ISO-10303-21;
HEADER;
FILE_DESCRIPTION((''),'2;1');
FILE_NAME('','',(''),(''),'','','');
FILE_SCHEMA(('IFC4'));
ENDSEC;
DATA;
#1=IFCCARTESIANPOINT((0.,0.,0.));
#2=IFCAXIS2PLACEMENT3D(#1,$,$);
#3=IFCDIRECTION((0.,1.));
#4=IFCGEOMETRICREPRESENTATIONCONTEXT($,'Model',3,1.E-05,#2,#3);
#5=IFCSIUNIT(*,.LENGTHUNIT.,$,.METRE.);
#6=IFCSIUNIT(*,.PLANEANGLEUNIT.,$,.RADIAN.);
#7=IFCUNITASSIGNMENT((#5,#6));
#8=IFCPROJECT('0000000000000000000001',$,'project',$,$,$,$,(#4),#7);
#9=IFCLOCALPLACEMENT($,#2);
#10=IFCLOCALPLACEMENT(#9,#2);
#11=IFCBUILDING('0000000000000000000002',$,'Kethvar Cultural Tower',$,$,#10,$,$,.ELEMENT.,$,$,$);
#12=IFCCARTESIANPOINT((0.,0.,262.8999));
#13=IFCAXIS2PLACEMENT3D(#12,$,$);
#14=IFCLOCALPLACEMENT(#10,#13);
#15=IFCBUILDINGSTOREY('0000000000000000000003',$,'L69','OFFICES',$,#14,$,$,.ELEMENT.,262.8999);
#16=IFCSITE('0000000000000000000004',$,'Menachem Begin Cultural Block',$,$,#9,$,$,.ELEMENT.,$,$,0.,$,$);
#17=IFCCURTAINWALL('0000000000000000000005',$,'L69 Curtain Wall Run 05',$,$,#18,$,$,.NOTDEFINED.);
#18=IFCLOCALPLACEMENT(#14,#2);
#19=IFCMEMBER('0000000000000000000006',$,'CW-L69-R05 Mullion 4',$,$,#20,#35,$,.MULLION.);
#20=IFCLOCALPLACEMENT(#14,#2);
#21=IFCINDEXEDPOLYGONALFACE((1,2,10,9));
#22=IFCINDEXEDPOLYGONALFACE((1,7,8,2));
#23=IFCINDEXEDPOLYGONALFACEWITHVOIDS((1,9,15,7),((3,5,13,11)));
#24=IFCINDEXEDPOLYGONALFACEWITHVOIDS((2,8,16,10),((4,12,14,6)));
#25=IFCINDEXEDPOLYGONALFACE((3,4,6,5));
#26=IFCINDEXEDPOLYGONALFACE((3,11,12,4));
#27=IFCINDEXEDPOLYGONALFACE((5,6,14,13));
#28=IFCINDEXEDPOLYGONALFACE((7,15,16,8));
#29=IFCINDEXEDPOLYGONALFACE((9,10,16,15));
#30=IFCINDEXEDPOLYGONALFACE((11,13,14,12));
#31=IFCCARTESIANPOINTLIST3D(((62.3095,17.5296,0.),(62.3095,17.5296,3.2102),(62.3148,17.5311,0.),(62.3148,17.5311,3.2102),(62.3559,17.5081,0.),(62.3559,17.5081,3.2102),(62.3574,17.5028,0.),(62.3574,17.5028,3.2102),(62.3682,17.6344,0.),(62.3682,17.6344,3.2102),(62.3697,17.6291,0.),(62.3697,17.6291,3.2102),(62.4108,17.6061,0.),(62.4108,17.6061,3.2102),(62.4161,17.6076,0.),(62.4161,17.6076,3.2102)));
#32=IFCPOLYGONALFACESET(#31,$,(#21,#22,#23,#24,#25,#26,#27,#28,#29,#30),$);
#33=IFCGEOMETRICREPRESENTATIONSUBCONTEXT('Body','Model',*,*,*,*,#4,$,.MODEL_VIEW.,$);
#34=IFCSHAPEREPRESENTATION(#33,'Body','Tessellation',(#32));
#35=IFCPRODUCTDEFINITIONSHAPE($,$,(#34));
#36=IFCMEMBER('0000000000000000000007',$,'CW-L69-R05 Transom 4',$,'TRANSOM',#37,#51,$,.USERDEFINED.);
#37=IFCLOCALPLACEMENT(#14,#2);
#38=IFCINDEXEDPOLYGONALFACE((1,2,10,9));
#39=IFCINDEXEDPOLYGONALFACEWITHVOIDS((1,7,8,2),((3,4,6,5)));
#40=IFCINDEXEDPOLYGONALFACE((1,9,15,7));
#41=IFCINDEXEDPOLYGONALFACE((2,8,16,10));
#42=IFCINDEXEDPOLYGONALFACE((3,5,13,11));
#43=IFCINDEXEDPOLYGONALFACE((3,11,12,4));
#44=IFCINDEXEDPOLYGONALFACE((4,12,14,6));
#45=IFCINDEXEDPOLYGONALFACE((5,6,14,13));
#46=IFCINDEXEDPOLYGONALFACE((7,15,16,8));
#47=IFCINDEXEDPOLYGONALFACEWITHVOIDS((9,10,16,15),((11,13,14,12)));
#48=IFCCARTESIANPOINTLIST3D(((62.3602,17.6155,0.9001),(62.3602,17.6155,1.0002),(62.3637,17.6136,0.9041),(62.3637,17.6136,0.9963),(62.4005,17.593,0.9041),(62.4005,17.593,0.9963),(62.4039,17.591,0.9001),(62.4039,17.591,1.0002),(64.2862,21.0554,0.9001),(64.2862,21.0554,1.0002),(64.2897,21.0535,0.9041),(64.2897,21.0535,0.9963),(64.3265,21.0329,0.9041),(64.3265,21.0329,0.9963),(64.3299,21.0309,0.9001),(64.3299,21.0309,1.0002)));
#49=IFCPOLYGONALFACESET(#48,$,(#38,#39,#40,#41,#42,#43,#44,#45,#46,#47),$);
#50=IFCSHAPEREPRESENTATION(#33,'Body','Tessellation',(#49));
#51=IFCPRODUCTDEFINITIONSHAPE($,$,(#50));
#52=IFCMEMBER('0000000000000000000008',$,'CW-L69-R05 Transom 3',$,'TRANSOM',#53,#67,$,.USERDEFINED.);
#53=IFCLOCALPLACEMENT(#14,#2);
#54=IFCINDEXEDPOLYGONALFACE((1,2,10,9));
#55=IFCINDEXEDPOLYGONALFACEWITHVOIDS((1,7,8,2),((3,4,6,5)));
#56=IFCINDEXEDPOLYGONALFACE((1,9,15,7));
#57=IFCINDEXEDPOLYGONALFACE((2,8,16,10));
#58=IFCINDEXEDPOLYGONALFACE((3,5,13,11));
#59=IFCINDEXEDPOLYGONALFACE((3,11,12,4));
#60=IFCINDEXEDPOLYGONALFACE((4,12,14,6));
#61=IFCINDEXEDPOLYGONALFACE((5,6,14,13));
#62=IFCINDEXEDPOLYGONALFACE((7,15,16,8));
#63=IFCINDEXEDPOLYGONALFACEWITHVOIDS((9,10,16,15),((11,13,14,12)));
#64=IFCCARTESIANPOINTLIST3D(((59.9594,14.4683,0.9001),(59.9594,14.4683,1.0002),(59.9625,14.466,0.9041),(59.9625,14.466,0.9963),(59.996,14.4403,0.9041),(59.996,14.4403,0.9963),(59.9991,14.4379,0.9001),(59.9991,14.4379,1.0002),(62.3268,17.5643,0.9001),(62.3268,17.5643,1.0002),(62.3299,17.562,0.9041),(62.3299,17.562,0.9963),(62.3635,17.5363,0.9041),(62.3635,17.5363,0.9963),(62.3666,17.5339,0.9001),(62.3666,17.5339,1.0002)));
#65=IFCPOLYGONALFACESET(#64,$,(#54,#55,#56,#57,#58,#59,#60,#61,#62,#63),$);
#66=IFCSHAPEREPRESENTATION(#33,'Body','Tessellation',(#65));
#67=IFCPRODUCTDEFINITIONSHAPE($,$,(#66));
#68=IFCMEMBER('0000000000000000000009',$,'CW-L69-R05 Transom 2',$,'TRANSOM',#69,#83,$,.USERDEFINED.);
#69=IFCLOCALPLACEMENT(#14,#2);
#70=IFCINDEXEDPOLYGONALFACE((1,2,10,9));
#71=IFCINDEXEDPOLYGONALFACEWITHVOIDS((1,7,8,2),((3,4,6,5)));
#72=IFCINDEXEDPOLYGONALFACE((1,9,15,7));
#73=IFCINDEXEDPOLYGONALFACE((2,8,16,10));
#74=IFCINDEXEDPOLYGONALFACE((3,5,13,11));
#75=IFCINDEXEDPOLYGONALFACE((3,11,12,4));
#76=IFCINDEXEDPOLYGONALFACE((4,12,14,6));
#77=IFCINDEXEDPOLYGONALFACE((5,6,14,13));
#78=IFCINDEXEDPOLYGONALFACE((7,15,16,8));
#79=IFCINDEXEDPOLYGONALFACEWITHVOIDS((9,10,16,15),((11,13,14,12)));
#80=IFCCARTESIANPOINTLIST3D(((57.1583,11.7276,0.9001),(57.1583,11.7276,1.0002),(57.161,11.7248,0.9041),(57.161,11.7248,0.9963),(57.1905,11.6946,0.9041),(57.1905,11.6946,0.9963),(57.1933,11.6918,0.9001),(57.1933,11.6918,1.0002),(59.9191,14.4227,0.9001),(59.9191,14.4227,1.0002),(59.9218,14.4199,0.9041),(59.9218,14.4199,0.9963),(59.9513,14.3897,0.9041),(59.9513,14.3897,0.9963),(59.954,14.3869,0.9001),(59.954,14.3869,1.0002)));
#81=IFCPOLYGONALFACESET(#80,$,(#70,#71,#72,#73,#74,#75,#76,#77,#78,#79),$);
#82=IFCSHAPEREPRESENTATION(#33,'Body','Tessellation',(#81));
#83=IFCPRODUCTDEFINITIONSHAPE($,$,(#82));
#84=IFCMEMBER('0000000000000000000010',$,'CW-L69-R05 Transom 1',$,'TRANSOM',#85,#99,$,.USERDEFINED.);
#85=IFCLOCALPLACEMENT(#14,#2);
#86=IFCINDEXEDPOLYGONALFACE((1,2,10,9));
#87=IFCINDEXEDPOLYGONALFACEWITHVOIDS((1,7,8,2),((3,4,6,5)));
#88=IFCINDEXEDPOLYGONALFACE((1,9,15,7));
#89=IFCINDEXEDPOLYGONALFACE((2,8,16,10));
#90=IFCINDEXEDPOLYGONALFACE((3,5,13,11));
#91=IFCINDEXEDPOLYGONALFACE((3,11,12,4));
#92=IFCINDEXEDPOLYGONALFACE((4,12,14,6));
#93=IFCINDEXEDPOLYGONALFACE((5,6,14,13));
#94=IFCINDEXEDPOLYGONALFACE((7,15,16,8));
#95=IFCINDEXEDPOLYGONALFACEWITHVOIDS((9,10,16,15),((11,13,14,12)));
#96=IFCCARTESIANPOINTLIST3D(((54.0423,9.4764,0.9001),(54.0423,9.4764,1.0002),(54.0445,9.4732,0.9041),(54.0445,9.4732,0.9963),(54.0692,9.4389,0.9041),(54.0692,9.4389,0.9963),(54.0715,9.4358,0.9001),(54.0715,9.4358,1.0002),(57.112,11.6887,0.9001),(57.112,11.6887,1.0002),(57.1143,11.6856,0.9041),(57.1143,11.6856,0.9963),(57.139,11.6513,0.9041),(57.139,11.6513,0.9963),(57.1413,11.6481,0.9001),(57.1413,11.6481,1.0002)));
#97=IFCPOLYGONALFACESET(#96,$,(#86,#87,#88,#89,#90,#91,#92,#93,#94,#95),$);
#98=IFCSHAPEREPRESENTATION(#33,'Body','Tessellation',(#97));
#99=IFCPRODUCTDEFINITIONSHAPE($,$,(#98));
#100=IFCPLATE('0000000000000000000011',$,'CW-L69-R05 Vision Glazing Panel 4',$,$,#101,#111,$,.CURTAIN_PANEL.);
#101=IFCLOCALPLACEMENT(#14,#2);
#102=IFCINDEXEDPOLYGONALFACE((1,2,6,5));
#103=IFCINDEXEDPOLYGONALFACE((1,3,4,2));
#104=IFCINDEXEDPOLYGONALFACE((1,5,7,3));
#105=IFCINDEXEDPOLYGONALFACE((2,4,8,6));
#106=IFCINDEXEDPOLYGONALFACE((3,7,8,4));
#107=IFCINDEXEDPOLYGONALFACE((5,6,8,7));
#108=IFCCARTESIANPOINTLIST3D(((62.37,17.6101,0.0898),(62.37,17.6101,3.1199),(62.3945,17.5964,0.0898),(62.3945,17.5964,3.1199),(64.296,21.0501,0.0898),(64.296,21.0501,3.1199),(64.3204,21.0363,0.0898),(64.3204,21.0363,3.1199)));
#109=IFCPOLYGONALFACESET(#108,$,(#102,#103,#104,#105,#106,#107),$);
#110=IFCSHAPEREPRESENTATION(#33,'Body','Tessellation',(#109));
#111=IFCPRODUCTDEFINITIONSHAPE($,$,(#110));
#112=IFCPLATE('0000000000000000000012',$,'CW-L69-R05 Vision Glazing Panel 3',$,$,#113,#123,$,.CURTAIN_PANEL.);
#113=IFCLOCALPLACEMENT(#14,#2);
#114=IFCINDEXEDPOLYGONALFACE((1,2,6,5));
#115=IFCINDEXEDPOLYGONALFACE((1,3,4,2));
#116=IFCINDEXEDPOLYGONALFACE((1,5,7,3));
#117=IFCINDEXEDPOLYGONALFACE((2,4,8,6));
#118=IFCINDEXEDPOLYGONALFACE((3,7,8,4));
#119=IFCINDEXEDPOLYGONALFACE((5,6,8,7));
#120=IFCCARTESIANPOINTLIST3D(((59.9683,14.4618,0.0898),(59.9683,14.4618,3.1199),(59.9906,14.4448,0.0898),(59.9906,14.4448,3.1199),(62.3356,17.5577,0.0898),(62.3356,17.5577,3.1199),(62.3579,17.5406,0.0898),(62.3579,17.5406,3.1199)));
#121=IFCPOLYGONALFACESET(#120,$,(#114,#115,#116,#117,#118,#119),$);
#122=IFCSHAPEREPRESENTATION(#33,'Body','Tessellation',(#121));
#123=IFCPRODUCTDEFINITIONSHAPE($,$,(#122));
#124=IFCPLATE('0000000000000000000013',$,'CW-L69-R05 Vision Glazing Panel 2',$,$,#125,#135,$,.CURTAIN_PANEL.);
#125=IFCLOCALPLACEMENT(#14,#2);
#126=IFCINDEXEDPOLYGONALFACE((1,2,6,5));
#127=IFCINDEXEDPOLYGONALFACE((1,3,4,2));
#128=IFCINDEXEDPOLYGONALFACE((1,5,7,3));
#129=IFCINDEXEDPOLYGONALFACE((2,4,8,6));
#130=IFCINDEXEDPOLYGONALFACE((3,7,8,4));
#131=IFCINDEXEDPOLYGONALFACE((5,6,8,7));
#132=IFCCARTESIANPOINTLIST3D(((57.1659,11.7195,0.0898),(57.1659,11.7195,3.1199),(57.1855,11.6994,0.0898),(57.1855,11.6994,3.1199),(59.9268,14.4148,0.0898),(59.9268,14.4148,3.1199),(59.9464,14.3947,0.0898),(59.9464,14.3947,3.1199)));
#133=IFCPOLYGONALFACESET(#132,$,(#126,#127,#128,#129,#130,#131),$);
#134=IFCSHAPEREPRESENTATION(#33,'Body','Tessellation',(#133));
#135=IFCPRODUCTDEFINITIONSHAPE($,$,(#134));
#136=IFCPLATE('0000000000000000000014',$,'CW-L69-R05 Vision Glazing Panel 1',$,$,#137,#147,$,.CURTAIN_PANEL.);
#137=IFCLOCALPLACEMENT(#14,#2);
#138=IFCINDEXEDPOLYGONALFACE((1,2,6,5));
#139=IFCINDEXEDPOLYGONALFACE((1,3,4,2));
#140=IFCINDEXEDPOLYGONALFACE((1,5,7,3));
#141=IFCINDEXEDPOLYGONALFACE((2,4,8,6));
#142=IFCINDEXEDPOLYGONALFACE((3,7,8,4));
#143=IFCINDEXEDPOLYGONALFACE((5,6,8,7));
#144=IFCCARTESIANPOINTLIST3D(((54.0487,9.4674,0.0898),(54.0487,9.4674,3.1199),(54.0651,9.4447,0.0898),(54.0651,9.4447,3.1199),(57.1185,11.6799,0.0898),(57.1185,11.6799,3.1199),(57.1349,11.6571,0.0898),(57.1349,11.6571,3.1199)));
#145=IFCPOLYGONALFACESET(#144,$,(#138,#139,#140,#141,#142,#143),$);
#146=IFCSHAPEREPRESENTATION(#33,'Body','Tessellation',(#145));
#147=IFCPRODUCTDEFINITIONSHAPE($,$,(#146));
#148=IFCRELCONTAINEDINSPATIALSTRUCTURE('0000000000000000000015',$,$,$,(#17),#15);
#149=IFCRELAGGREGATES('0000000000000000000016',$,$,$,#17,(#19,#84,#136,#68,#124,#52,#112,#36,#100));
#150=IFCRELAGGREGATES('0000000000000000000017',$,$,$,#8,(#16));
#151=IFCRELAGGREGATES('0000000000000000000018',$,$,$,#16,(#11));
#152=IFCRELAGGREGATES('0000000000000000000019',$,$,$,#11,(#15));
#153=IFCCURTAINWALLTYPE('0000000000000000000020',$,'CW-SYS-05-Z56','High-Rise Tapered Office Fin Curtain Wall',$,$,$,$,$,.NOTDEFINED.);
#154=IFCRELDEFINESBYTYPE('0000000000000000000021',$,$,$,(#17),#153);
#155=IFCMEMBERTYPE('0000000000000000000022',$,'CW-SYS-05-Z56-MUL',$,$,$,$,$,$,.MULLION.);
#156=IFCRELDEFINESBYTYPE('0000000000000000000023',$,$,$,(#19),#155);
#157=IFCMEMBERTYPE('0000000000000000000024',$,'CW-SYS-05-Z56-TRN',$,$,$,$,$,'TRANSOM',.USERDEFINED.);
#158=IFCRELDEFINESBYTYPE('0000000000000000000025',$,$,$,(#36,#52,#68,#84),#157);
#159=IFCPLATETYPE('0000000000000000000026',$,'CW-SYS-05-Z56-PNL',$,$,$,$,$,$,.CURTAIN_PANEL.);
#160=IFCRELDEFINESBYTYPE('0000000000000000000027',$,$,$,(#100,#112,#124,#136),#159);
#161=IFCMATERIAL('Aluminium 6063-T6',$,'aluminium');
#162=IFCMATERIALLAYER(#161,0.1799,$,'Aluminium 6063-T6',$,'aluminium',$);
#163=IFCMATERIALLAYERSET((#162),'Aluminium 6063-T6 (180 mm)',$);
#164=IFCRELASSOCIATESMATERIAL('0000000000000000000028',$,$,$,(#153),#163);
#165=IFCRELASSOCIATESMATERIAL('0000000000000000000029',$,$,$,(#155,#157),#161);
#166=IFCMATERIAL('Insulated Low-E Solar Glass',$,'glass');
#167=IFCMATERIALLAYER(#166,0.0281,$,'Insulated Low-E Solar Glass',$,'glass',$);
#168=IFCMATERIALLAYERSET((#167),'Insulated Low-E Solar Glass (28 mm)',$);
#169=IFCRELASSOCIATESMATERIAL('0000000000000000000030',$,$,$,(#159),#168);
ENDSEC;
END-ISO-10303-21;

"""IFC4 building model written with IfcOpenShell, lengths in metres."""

from ifc_helpers import new_model, si_unit, direction, frame, origin, origin_2d, place, context, subcontext, project, spatial, rectangle, hollow_rectangle, extrude, source, transform, mapped, material, layer, layer_set, material_profile, profile_set, type_object, element, aggregate, save


model = new_model("IFC4")

# Units and contexts
model_context = context("Model", 3, precision=1e-05, world=origin(), true_north=direction((0.0, 1.0)))
body_context = subcontext(model_context, "Body", "Model", "MODEL_VIEW")
ifc_project = project(units=[si_unit("LENGTHUNIT", "METRE"), si_unit("PLANEANGLEUNIT", "RADIAN")], contexts=[model_context])

# Site, building, storey
site_placement = place(None, origin())
site = spatial("IfcSite", under=ifc_project, at=site_placement, Name="Menachem Begin Cultural Block", CompositionType="ELEMENT", RefElevation=0.0)
building_placement = place(site_placement, origin())
building = spatial("IfcBuilding", under=site, at=building_placement, Name="Kethvar Cultural Tower", CompositionType="ELEMENT")
storey_placement = place(building_placement, frame((0.0, 0.0, 262.8999)))
storey = spatial("IfcBuildingStorey", under=building, at=storey_placement, Name="L69", Description="OFFICES", CompositionType="ELEMENT", Elevation=262.8999)

# Curtain wall, members, plates
ifc_material_1 = material(Name="Aluminium 6063-T6", Category="aluminium")
ifc_layer_1 = layer(ifc_material_1, 0.1799, Name="Aluminium 6063-T6", Category="aluminium")
ifc_layer_set_1 = layer_set([ifc_layer_1], Name="Aluminium 6063-T6 (180 mm)")
curtain_wall_type = type_object("IfcCurtainWallType", Name="CW-SYS-05-Z56", Description="High-Rise Tapered Office Fin Curtain Wall", PredefinedType="NOTDEFINED", material=ifc_layer_set_1)
curtain_wall_placement = place(storey_placement, origin())
curtain_wall = element("IfcCurtainWall", 1, at=curtain_wall_placement, inside=storey, type_object=curtain_wall_type, Name="L69 Curtain Wall Run 05", PredefinedType="NOTDEFINED")
ifc_material_profile_1 = material_profile(ifc_material_1, hollow_rectangle(XDim=0.0549, YDim=0.1201, WallThickness=0.0039, at=origin_2d()), Name="Aluminium 6063-T6 — RHS120x55x4")
ifc_profile_set_1 = profile_set([ifc_material_profile_1], Name="Aluminium 6063-T6 — RHS120x55x4")
member_type_1 = type_object("IfcMemberType", Name="CW-SYS-05-Z56-MUL", PredefinedType="MULLION", material=ifc_profile_set_1)
shared_shape_1 = source(origin(), body_context, "Body", "SweptSolid", [
    extrude(hollow_rectangle(XDim=0.0549, YDim=0.1201, WallThickness=0.0039, at=origin_2d()), origin(), (0.0, 0.0, 1.0), 3.2102),
])
member_1_placement = place(storey_placement, frame((62.3628, 17.5686, 0.0), z_axis=(0.0, 0.0, 1.0), x_axis=(-0.872547, 0.48853, 0.0)))
member_1 = element("IfcMember", 2, at=member_1_placement, type_object=member_type_1, Name="CW-L69-R05 Mullion 4", PredefinedType="MULLION", context=body_context, shape_type="MappedRepresentation", body=[
    mapped(shared_shape_1, transform((0.0, 0.0, 0.0), scale=1.0)),
])
ifc_material_profile_2 = material_profile(ifc_material_1, hollow_rectangle(XDim=0.05, YDim=0.1001, WallThickness=0.0039, at=origin_2d()), Name="Aluminium 6063-T6 — RHS100x50x4")
ifc_profile_set_2 = profile_set([ifc_material_profile_2], Name="Aluminium 6063-T6 — RHS100x50x4")
member_type_2 = type_object("IfcMemberType", Name="CW-SYS-05-Z56-TRN", ElementType="TRANSOM", PredefinedType="USERDEFINED", material=ifc_profile_set_2)
shared_shape_2 = source(origin(), body_context, "Body", "SweptSolid", [
    extrude(hollow_rectangle(XDim=0.05, YDim=0.1001, WallThickness=0.0039, at=origin_2d()), origin(), (0.0, 0.0, 1.0), 3.9424),
])
member_2_placement = place(storey_placement, frame((62.3821, 17.6033, 0.9502), z_axis=(0.488537, 0.872543, 0.0), x_axis=(-0.872543, 0.488537, 0.0)))
member_2 = element("IfcMember", 3, at=member_2_placement, type_object=member_type_2, Name="CW-L69-R05 Transom 4", ObjectType="TRANSOM", PredefinedType="USERDEFINED", context=body_context, shape_type="MappedRepresentation", body=[
    mapped(shared_shape_2, transform((0.0, 0.0, 0.0), scale=1.0)),
])
shared_shape_3 = source(origin(), body_context, "Body", "SweptSolid", [
    extrude(hollow_rectangle(XDim=0.05, YDim=0.1001, WallThickness=0.0039, at=origin_2d()), origin(), (0.0, 0.0, 1.0), 3.8975),
])
member_3_placement = place(storey_placement, frame((59.9792, 14.4531, 0.9502), z_axis=(0.607441, 0.794365, 0.0), x_axis=(-0.794365, 0.607441, 0.0)))
member_3 = element("IfcMember", 4, at=member_3_placement, type_object=member_type_2, Name="CW-L69-R05 Transom 3", ObjectType="TRANSOM", PredefinedType="USERDEFINED", context=body_context, shape_type="MappedRepresentation", body=[
    mapped(shared_shape_3, transform((0.0, 0.0, 0.0), scale=1.0)),
])
shared_shape_4 = source(origin(), body_context, "Body", "SweptSolid", [
    extrude(hollow_rectangle(XDim=0.05, YDim=0.1001, WallThickness=0.0039, at=origin_2d()), origin(), (0.0, 0.0, 1.0), 3.8582),
])
member_4_placement = place(storey_placement, frame((57.1758, 11.7097, 0.9502), z_axis=(0.715567, 0.698544, 0.0), x_axis=(-0.698544, 0.715567, 0.0)))
member_4 = element("IfcMember", 5, at=member_4_placement, type_object=member_type_2, Name="CW-L69-R05 Transom 2", ObjectType="TRANSOM", PredefinedType="USERDEFINED", context=body_context, shape_type="MappedRepresentation", body=[
    mapped(shared_shape_4, transform((0.0, 0.0, 0.0), scale=1.0)),
])
shared_shape_5 = source(origin(), body_context, "Body", "SweptSolid", [
    extrude(hollow_rectangle(XDim=0.05, YDim=0.1001, WallThickness=0.0039, at=origin_2d()), origin(), (0.0, 0.0, 1.0), 3.7839),
])
member_5_placement = place(storey_placement, frame((54.0569, 9.4561, 0.9502), z_axis=(0.811267, 0.584675, 0.0), x_axis=(-0.584675, 0.811267, 0.0)))
member_5 = element("IfcMember", 6, at=member_5_placement, type_object=member_type_2, Name="CW-L69-R05 Transom 1", ObjectType="TRANSOM", PredefinedType="USERDEFINED", context=body_context, shape_type="MappedRepresentation", body=[
    mapped(shared_shape_5, transform((0.0, 0.0, 0.0), scale=1.0)),
])
ifc_material_2 = material(Name="Insulated Low-E Solar Glass", Category="glass")
ifc_layer_2 = layer(ifc_material_2, 0.0281, Name="Insulated Low-E Solar Glass", Category="glass")
ifc_layer_set_2 = layer_set([ifc_layer_2], Name="Insulated Low-E Solar Glass (28 mm)")
plate_type = type_object("IfcPlateType", Name="CW-SYS-05-Z56-PNL", PredefinedType="CURTAIN_PANEL", material=ifc_layer_set_2)
shared_shape_6 = source(origin(), body_context, "Body", "SweptSolid", [
    extrude(rectangle(XDim=3.9424, YDim=0.0281, at=origin_2d()), origin(), (0.0, 0.0, 1.0), 3.03),
])
plate_1_placement = place(storey_placement, frame((63.3452, 19.3232, 0.0898), z_axis=(0.0, 0.0, 1.0), x_axis=(0.48853, 0.872547, 0.0)))
plate_1 = element("IfcPlate", 7, at=plate_1_placement, type_object=plate_type, Name="CW-L69-R05 Vision Glazing Panel 4", PredefinedType="CURTAIN_PANEL", context=body_context, shape_type="MappedRepresentation", body=[
    mapped(shared_shape_6, transform((0.0, 0.0, 0.0), scale=1.0)),
])
shared_shape_7 = source(origin(), body_context, "Body", "SweptSolid", [
    extrude(rectangle(XDim=3.8972, YDim=0.0281, at=origin_2d()), origin(), (0.0, 0.0, 1.0), 3.03),
])
plate_2_placement = place(storey_placement, frame((61.1631, 16.0012, 0.0898), z_axis=(0.0, 0.0, 1.0), x_axis=(0.607417, 0.794383, 0.0)))
plate_2 = element("IfcPlate", 8, at=plate_2_placement, type_object=plate_type, Name="CW-L69-R05 Vision Glazing Panel 3", PredefinedType="CURTAIN_PANEL", context=body_context, shape_type="MappedRepresentation", body=[
    mapped(shared_shape_7, transform((0.0, 0.0, 0.0), scale=1.0)),
])
shared_shape_8 = source(origin(), body_context, "Body", "SweptSolid", [
    extrude(rectangle(XDim=3.8584, YDim=0.0281, at=origin_2d()), origin(), (0.0, 0.0, 1.0), 3.03),
])
plate_3_placement = place(storey_placement, frame((58.5562, 13.0571, 0.0898), z_axis=(0.0, 0.0, 1.0), x_axis=(0.715559, 0.698553, 0.0)))
plate_3 = element("IfcPlate", 9, at=plate_3_placement, type_object=plate_type, Name="CW-L69-R05 Vision Glazing Panel 2", PredefinedType="CURTAIN_PANEL", context=body_context, shape_type="MappedRepresentation", body=[
    mapped(shared_shape_8, transform((0.0, 0.0, 0.0), scale=1.0)),
])
shared_shape_9 = source(origin(), body_context, "Body", "SweptSolid", [
    extrude(rectangle(XDim=3.7839, YDim=0.0281, at=origin_2d()), origin(), (0.0, 0.0, 1.0), 3.03),
])
plate_4_placement = place(storey_placement, frame((55.5918, 10.5623, 0.0898), z_axis=(0.0, 0.0, 1.0), x_axis=(0.811258, 0.584689, 0.0)))
plate_4 = element("IfcPlate", 10, at=plate_4_placement, type_object=plate_type, Name="CW-L69-R05 Vision Glazing Panel 1", PredefinedType="CURTAIN_PANEL", context=body_context, shape_type="MappedRepresentation", body=[
    mapped(shared_shape_9, transform((0.0, 0.0, 0.0), scale=1.0)),
])
aggregate(curtain_wall, [member_1, member_5, plate_4, member_4, plate_3, member_3, plate_2, member_2, plate_1])

save(model, "model.ifc")
